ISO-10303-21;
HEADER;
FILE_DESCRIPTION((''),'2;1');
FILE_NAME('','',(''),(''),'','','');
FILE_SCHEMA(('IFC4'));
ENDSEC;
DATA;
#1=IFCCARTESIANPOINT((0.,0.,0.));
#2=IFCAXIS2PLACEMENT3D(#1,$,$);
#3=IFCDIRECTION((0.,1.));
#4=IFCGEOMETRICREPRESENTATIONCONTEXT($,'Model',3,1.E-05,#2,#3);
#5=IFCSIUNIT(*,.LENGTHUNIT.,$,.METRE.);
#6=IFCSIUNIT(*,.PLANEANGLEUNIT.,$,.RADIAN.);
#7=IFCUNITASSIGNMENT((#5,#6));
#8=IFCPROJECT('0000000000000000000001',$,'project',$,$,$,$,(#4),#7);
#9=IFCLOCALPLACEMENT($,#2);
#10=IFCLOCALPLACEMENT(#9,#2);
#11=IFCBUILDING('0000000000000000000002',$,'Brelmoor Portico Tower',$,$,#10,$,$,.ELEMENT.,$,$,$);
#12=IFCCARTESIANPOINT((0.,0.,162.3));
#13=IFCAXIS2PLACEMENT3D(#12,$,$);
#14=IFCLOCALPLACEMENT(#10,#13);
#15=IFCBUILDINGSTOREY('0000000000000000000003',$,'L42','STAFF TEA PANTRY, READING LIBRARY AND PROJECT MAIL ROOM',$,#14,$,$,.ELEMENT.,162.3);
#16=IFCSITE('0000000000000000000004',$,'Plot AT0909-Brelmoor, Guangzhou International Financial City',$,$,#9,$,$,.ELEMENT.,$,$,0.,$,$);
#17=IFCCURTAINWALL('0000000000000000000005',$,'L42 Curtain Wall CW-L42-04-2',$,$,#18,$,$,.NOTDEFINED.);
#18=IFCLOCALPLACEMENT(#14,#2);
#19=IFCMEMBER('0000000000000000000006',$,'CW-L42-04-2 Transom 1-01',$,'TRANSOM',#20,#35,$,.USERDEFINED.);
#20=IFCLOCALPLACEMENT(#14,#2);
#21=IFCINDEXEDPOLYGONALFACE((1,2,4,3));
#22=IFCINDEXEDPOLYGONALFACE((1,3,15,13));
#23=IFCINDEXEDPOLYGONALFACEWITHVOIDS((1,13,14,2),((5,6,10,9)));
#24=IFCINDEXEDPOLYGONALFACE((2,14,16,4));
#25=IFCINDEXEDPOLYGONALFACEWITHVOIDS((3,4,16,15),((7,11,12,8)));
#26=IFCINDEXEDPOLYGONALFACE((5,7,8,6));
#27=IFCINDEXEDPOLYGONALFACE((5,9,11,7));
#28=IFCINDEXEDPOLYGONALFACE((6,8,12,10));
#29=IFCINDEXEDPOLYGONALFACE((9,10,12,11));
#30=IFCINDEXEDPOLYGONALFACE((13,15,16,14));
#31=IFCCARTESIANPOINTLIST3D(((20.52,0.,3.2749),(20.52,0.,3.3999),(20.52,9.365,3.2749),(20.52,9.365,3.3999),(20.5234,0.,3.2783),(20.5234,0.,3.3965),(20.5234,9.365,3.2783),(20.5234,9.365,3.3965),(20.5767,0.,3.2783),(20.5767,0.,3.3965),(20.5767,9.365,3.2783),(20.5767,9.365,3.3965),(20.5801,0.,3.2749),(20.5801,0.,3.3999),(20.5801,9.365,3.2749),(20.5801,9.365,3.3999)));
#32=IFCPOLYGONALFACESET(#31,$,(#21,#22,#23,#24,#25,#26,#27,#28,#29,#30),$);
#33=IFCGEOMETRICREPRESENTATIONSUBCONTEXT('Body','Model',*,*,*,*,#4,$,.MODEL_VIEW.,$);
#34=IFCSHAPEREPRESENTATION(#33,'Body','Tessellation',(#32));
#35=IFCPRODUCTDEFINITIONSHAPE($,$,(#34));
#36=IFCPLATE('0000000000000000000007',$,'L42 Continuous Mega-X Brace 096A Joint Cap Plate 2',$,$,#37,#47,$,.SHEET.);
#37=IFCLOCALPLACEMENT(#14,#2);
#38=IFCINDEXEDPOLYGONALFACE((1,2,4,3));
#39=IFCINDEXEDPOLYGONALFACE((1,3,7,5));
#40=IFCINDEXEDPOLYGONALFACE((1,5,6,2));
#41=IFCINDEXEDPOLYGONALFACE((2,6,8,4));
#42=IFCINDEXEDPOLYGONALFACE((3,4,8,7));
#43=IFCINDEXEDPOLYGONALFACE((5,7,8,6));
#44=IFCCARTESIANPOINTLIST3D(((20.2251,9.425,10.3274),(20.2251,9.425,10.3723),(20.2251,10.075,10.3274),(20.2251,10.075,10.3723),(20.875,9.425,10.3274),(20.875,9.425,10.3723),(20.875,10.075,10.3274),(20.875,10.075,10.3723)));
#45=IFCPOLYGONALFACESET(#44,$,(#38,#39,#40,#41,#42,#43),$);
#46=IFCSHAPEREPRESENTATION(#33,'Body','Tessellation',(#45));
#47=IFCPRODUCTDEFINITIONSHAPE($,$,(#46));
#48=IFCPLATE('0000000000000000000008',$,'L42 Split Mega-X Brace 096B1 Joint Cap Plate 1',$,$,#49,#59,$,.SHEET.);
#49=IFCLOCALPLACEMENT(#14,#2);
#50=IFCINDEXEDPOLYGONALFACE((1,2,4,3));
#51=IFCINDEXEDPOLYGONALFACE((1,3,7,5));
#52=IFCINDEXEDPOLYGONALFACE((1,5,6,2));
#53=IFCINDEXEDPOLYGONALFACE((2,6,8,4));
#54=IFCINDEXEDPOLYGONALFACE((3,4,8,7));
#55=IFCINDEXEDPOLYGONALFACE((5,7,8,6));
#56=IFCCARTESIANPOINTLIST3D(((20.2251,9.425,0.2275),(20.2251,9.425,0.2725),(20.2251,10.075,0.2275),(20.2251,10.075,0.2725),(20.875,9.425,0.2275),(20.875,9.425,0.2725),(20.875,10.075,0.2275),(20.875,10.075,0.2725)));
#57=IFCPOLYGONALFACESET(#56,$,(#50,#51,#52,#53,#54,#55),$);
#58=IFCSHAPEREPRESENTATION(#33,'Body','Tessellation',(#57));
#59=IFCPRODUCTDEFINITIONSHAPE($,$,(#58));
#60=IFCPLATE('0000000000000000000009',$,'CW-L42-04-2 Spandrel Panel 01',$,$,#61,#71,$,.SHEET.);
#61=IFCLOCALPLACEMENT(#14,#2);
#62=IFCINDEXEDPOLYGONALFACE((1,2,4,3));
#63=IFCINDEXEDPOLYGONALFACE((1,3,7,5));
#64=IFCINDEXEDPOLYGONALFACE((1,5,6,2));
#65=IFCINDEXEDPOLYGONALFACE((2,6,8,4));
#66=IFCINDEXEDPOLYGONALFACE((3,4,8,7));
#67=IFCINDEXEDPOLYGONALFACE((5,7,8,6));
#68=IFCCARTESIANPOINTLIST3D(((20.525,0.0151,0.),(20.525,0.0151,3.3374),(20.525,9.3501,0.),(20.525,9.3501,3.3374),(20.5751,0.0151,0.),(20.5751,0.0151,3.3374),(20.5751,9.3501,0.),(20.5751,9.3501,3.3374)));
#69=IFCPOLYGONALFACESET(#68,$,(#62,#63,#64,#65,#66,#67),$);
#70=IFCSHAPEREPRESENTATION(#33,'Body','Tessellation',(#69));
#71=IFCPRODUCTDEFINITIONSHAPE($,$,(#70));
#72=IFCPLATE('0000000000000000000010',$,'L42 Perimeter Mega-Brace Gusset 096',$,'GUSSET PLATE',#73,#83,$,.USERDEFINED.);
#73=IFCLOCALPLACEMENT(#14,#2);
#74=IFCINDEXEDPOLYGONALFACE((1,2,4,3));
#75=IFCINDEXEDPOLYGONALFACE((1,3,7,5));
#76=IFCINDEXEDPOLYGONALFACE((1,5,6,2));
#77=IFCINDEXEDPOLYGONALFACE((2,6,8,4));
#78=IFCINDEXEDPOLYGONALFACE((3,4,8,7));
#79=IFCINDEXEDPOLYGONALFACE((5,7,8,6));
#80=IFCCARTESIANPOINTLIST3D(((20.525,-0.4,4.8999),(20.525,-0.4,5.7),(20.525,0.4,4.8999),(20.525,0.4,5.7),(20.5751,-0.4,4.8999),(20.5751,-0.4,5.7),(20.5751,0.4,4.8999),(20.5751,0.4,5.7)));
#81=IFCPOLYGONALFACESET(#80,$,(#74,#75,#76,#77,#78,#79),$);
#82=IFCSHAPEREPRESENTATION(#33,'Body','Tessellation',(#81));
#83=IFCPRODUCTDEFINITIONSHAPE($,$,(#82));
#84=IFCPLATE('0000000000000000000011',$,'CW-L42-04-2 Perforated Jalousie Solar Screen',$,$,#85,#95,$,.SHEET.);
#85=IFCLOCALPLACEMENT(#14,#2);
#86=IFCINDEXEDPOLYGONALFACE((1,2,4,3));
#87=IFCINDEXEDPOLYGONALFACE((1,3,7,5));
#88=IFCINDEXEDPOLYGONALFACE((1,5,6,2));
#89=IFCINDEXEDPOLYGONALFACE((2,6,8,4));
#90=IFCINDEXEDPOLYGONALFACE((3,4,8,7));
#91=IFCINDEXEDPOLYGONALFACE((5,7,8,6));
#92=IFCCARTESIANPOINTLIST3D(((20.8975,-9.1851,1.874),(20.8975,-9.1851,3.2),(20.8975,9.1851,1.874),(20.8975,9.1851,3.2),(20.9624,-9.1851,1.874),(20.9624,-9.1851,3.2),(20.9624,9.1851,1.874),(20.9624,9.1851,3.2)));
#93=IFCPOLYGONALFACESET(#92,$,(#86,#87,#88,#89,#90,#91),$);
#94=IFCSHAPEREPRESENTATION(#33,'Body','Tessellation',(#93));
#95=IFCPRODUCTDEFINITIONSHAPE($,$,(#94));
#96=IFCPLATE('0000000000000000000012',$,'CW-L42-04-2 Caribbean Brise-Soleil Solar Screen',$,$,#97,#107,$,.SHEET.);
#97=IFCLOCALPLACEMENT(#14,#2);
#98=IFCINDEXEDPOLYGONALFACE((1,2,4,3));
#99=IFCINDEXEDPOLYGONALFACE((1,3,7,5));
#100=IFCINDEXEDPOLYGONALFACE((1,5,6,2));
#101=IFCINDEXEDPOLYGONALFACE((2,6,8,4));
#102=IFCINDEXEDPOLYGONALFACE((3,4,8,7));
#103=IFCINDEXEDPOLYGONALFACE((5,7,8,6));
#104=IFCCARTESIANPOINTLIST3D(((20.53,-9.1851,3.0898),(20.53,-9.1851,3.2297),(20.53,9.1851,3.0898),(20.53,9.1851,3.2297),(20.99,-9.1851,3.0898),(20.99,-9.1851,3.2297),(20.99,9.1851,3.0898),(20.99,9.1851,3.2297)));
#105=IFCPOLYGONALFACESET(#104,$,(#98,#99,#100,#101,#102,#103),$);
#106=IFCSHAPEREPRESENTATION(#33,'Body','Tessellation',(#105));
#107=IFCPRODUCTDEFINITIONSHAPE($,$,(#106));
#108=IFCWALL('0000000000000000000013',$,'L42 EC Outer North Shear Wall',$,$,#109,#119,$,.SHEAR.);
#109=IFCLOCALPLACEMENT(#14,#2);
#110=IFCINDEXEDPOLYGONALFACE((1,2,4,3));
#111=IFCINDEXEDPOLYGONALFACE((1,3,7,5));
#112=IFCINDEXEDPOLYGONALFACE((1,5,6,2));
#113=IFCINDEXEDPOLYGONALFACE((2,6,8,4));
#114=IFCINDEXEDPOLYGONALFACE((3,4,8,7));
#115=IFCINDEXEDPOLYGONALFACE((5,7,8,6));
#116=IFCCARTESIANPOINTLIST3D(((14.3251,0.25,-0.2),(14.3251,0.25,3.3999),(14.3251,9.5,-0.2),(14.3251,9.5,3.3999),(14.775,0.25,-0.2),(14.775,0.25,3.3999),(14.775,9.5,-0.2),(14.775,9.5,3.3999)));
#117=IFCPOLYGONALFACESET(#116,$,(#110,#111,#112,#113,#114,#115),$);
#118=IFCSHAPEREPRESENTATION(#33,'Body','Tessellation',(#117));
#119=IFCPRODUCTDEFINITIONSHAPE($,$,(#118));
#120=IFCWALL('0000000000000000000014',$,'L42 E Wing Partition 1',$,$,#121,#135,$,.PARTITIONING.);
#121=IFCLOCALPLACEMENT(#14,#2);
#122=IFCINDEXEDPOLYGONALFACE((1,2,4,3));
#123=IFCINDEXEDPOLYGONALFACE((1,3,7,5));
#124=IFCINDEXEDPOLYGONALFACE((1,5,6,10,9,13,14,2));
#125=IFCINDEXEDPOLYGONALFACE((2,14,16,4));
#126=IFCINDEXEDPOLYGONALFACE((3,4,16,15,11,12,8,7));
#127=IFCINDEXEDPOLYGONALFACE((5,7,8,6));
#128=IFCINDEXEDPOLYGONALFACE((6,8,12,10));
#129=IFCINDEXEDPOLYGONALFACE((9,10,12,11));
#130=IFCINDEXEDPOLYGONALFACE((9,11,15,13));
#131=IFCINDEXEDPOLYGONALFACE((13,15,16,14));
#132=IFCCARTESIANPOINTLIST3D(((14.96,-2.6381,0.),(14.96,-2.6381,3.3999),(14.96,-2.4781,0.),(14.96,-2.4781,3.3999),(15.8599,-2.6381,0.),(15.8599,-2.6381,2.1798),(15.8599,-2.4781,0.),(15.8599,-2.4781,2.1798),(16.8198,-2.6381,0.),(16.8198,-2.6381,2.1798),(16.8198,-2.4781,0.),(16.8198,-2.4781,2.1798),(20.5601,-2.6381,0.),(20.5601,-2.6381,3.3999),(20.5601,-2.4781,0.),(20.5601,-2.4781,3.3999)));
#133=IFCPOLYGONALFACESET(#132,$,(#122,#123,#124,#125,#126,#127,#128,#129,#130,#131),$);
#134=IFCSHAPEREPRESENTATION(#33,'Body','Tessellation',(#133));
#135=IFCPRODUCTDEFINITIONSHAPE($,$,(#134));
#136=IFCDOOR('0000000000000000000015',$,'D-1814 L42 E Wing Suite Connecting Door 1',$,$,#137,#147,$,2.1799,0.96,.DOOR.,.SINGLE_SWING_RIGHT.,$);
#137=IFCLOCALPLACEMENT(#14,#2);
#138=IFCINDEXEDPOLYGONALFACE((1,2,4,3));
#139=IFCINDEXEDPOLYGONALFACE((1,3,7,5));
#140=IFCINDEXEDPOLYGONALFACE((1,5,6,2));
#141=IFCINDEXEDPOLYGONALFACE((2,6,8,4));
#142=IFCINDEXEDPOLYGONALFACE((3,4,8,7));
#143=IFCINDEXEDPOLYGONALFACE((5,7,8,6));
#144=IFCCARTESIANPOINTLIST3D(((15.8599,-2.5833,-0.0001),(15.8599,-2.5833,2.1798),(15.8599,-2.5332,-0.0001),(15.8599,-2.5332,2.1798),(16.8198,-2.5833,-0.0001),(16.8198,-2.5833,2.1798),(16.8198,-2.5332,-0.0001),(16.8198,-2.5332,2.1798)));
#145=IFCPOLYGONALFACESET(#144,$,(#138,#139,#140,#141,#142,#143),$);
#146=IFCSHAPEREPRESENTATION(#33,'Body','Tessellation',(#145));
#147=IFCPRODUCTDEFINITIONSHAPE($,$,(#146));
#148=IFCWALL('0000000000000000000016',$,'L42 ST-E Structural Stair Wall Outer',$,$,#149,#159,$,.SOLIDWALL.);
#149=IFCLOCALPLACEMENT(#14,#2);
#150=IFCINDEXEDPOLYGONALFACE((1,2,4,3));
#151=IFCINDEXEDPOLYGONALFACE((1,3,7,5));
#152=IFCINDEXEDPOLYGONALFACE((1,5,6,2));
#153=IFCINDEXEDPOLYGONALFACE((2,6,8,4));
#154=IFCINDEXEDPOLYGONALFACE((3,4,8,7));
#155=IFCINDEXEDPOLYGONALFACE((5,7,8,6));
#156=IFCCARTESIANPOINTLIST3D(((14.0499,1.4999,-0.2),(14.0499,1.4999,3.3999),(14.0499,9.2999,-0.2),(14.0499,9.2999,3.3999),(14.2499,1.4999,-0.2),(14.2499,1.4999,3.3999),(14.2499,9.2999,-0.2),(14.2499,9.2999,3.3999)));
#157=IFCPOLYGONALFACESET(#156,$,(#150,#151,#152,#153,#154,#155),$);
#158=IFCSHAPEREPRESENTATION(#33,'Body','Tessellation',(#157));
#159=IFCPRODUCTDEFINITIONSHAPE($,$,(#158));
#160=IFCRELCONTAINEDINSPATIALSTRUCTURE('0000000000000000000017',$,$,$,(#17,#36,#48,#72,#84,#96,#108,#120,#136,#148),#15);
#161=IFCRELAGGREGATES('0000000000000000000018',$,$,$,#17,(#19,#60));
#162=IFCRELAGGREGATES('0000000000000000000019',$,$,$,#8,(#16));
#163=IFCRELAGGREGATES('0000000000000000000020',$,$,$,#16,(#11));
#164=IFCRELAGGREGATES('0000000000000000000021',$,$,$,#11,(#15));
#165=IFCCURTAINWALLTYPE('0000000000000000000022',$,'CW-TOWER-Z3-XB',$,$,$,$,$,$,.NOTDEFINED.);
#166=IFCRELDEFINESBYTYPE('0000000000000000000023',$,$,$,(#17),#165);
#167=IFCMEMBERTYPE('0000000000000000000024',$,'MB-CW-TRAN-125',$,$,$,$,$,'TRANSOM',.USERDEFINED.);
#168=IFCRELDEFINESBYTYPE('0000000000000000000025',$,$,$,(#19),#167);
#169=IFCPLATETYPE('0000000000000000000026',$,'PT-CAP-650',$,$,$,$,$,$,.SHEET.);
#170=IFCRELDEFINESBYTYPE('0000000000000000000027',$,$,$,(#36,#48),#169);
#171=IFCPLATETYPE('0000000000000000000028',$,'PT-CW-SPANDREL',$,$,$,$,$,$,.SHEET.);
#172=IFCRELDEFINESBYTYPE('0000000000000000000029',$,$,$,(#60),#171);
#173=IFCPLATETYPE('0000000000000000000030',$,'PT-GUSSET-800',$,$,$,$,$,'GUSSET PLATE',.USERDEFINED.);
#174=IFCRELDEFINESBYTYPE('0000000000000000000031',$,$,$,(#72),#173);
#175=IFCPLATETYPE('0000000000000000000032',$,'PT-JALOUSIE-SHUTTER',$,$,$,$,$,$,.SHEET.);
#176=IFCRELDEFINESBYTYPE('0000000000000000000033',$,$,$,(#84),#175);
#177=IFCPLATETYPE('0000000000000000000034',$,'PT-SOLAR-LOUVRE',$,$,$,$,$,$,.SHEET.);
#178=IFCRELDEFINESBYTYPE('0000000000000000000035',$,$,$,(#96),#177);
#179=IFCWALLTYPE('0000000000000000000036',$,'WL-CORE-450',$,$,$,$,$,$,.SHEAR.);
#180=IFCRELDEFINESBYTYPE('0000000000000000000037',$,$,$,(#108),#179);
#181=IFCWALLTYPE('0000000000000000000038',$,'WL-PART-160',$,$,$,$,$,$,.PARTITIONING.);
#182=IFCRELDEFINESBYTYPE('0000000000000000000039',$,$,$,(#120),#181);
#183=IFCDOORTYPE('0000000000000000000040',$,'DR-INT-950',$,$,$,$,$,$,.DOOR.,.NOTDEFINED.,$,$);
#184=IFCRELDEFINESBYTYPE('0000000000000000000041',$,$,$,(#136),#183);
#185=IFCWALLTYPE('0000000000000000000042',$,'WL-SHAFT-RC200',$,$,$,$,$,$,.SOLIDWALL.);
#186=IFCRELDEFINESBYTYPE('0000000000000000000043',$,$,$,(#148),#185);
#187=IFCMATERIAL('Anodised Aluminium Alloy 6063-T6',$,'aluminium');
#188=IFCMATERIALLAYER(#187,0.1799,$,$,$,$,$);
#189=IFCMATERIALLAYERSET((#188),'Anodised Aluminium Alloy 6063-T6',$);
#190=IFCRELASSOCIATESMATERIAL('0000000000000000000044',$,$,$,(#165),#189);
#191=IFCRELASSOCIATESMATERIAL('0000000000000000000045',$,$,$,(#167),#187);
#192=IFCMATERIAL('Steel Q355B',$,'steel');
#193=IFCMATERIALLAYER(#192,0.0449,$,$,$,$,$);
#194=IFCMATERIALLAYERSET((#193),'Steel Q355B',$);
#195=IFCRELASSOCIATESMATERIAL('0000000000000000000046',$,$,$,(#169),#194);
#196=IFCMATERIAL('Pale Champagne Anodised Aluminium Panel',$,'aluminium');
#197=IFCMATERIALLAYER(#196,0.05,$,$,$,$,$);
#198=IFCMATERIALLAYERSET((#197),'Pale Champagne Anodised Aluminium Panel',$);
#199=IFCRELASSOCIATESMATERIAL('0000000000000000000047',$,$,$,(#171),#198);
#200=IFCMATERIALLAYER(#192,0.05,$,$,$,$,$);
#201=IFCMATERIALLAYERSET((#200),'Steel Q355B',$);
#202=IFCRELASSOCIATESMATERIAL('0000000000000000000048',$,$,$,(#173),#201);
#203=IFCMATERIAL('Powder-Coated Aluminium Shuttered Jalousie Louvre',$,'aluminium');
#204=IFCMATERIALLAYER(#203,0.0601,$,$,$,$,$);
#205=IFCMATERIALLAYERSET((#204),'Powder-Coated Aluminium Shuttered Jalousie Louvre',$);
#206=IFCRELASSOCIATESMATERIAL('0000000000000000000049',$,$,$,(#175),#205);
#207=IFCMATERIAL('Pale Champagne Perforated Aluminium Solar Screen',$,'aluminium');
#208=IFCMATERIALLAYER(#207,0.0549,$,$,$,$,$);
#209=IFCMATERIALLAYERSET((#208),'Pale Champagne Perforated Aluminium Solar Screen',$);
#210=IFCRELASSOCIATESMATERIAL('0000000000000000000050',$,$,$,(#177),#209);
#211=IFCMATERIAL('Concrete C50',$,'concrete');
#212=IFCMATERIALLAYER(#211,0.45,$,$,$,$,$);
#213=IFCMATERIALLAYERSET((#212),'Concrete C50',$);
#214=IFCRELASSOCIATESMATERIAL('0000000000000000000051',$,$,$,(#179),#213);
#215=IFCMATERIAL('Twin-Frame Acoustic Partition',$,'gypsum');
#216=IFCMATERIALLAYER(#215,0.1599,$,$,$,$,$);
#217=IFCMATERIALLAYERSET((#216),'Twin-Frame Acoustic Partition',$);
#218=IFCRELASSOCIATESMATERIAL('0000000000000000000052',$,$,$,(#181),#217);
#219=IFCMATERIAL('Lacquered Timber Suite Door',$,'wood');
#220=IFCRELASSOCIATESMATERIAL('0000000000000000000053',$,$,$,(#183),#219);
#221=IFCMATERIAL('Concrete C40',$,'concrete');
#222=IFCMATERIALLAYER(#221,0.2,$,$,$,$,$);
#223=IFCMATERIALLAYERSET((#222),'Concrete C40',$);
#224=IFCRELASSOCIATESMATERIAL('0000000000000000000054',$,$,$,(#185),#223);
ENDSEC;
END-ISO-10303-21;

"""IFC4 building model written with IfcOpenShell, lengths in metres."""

from ifc_helpers import new_model, si_unit, direction, frame, frame_2d, origin, origin_2d, place, context, subcontext, project, spatial, rectangle, hollow_rectangle, extrude, material, layer, layer_set, material_profile, profile_set, type_object, element, fill, aggregate, save


model = new_model("IFC4")

# Units and contexts
model_context = context("Model", 3, precision=1e-05, world=origin(), true_north=direction((0.0, 1.0)))
body_context = subcontext(model_context, "Body", "Model", "MODEL_VIEW")
ifc_project = project(units=[si_unit("LENGTHUNIT", "METRE"), si_unit("PLANEANGLEUNIT", "RADIAN")], contexts=[model_context])

# Site, building, storey
site_placement = place(None, origin())
site = spatial("IfcSite", under=ifc_project, at=site_placement, Name="Plot AT0909-Brelmoor, Guangzhou International Financial City", CompositionType="ELEMENT", RefElevation=0.0)
building_placement = place(site_placement, origin())
building = spatial("IfcBuilding", under=site, at=building_placement, Name="Brelmoor Portico Tower", CompositionType="ELEMENT")
storey_placement = place(building_placement, frame((0.0, 0.0, 162.3)))
storey = spatial("IfcBuildingStorey", under=building, at=storey_placement, Name="L42", Description="STAFF TEA PANTRY, READING LIBRARY AND PROJECT MAIL ROOM", CompositionType="ELEMENT", Elevation=162.3)

# Shared definitions
ifc_material_1 = material(Name="Steel Q355B", Category="steel")

# Curtain wall, member
ifc_material_2 = material(Name="Anodised Aluminium Alloy 6063-T6", Category="aluminium")
ifc_layer_1 = layer(ifc_material_2, 0.1799)
ifc_layer_set_1 = layer_set([ifc_layer_1], Name="Anodised Aluminium Alloy 6063-T6")
curtain_wall_type = type_object("IfcCurtainWallType", Name="CW-TOWER-Z3-XB", PredefinedType="NOTDEFINED", material=ifc_layer_set_1)
curtain_wall_placement = place(storey_placement, origin())
curtain_wall = element("IfcCurtainWall", 1, at=curtain_wall_placement, inside=storey, type_object=curtain_wall_type, Name="L42 Curtain Wall CW-L42-04-2", PredefinedType="NOTDEFINED")
ifc_material_profile_1 = material_profile(ifc_material_2, hollow_rectangle(XDim=0.0601, YDim=0.125, WallThickness=0.0034, at=origin_2d()), Name="ALU TRANSOM 60x125")
ifc_profile_set_1 = profile_set([ifc_material_profile_1], Name="Anodised Aluminium Alloy 6063-T6")
member_type_1 = type_object("IfcMemberType", Name="MB-CW-TRAN-125", ElementType="TRANSOM", PredefinedType="USERDEFINED", material=ifc_profile_set_1)
member_1_placement = place(storey_placement, frame((20.55, 0.0, 3.3374), z_axis=(0.0, 1.0, 0.0), x_axis=(-1.0, 0.0, 0.0)))
member_1 = element("IfcMember", 2, at=member_1_placement, type_object=member_type_1, Name="CW-L42-04-2 Transom 1-01", ObjectType="TRANSOM", PredefinedType="USERDEFINED", context=body_context, shape_type="SweptSolid", body=[
    extrude(hollow_rectangle(XDim=0.0601, YDim=0.125, WallThickness=0.0034, at=origin_2d()), origin(), (0.0, 0.0, 1.0), 9.365),
])

# Plates
ifc_layer_2 = layer(ifc_material_1, 0.0449)
ifc_layer_set_2 = layer_set([ifc_layer_2], Name="Steel Q355B")
plate_type_1 = type_object("IfcPlateType", Name="PT-CAP-650", PredefinedType="SHEET", material=ifc_layer_set_2)
for number, where, z_axis, x_axis, name in (
    (3, (20.55, 9.75, 10.3274), (0.0, 0.0, 1.0), (1.0, 0.0, 0.0), "L42 Continuous Mega-X Brace 096A Joint Cap Plate 2"),
    (4, (20.55, 9.75, 0.2275), (0.0, 0.0, 1.0), (1.0, 0.0, 0.0), "L42 Split Mega-X Brace 096B1 Joint Cap Plate 1"),
):
    element("IfcPlate", number, at=place(storey_placement, frame(where, z_axis=z_axis, x_axis=x_axis)), inside=storey, type_object=plate_type_1, Name=name, PredefinedType="SHEET", context=body_context, shape_type="SweptSolid", body=[
        extrude(rectangle(XDim=0.6499, YDim=0.6499, at=origin_2d()), origin(), (0.0, 0.0, 1.0), 0.0449),
    ])

# Plate
ifc_material_3 = material(Name="Pale Champagne Anodised Aluminium Panel", Category="aluminium")
ifc_layer_3 = layer(ifc_material_3, 0.05)
ifc_layer_set_3 = layer_set([ifc_layer_3], Name="Pale Champagne Anodised Aluminium Panel")
plate_type_2 = type_object("IfcPlateType", Name="PT-CW-SPANDREL", PredefinedType="SHEET", material=ifc_layer_set_3)
plate_1_placement = place(storey_placement, frame((20.55, 4.6826, 0.0), z_axis=(0.0, 0.0, 1.0), x_axis=(0.0, 1.0, 0.0)))
plate_1 = element("IfcPlate", 5, at=plate_1_placement, type_object=plate_type_2, Name="CW-L42-04-2 Spandrel Panel 01", PredefinedType="SHEET", context=body_context, shape_type="SweptSolid", body=[
    extrude(rectangle(XDim=9.335, YDim=0.05, at=origin_2d()), origin(), (0.0, 0.0, 1.0), 3.3374),
])
aggregate(curtain_wall, [member_1, plate_1])

# Plates
ifc_layer_4 = layer(ifc_material_1, 0.05)
ifc_layer_set_4 = layer_set([ifc_layer_4], Name="Steel Q355B")
plate_type_3 = type_object("IfcPlateType", Name="PT-GUSSET-800", ElementType="GUSSET PLATE", PredefinedType="USERDEFINED", material=ifc_layer_set_4)
plate_2_placement = place(storey_placement, frame((20.55, 0.0, 4.8999), z_axis=(0.0, 0.0, 1.0), x_axis=(1.0, 0.0, 0.0)))
element("IfcPlate", 6, at=plate_2_placement, inside=storey, type_object=plate_type_3, Name="L42 Perimeter Mega-Brace Gusset 096", ObjectType="GUSSET PLATE", PredefinedType="USERDEFINED", context=body_context, shape_type="SweptSolid", body=[
    extrude(rectangle(XDim=0.05, YDim=0.8, at=origin_2d()), origin(), (0.0, 0.0, 1.0), 0.8),
])
ifc_material_4 = material(Name="Powder-Coated Aluminium Shuttered Jalousie Louvre", Category="aluminium")
ifc_layer_5 = layer(ifc_material_4, 0.0601)
ifc_layer_set_5 = layer_set([ifc_layer_5], Name="Powder-Coated Aluminium Shuttered Jalousie Louvre")
plate_type_4 = type_object("IfcPlateType", Name="PT-JALOUSIE-SHUTTER", PredefinedType="SHEET", material=ifc_layer_set_5)
plate_3_placement = place(storey_placement, frame((20.9299, 0.0, 1.874), z_axis=(0.0, 0.0, 1.0), x_axis=(0.0, 1.0, 0.0)))
element("IfcPlate", 7, at=plate_3_placement, inside=storey, type_object=plate_type_4, Name="CW-L42-04-2 Perforated Jalousie Solar Screen", PredefinedType="SHEET", context=body_context, shape_type="SweptSolid", body=[
    extrude(rectangle(XDim=18.3701, YDim=0.0649, at=origin_2d()), origin(), (0.0, 0.0, 1.0), 1.3259),
])
ifc_material_5 = material(Name="Pale Champagne Perforated Aluminium Solar Screen", Category="aluminium")
ifc_layer_6 = layer(ifc_material_5, 0.0549)
ifc_layer_set_6 = layer_set([ifc_layer_6], Name="Pale Champagne Perforated Aluminium Solar Screen")
plate_type_5 = type_object("IfcPlateType", Name="PT-SOLAR-LOUVRE", PredefinedType="SHEET", material=ifc_layer_set_6)
plate_4_placement = place(storey_placement, frame((20.76, 0.0, 3.0898), z_axis=(0.0, 0.0, 1.0), x_axis=(0.0, 1.0, 0.0)))
element("IfcPlate", 8, at=plate_4_placement, inside=storey, type_object=plate_type_5, Name="CW-L42-04-2 Caribbean Brise-Soleil Solar Screen", PredefinedType="SHEET", context=body_context, shape_type="SweptSolid", body=[
    extrude(rectangle(XDim=18.3701, YDim=0.46, at=origin_2d()), origin(), (0.0, 0.0, 1.0), 0.1399),
])

# Wall
ifc_material_6 = material(Name="Concrete C50", Category="concrete")
ifc_layer_7 = layer(ifc_material_6, 0.45)
ifc_layer_set_7 = layer_set([ifc_layer_7], Name="Concrete C50")
wall_type_1 = type_object("IfcWallType", Name="WL-CORE-450", PredefinedType="SHEAR", material=ifc_layer_set_7)
wall_1_placement = place(storey_placement, frame((14.55, 0.25, -0.2), z_axis=(0.0, 0.0, 1.0), x_axis=(0.0, 1.0, 0.0)))
element("IfcWall", 9, at=wall_1_placement, inside=storey, type_object=wall_type_1, Name="L42 EC Outer North Shear Wall", PredefinedType="SHEAR", context=body_context, shape_type="SweptSolid", body=[
    extrude(rectangle(XDim=9.25, YDim=0.45, at=frame_2d((4.625, 0.0))), origin(), (0.0, 0.0, 1.0), 3.5999),
])

# Wall, opening, door
ifc_material_7 = material(Name="Twin-Frame Acoustic Partition", Category="gypsum")
ifc_layer_8 = layer(ifc_material_7, 0.1599)
ifc_layer_set_8 = layer_set([ifc_layer_8], Name="Twin-Frame Acoustic Partition")
wall_type_2 = type_object("IfcWallType", Name="WL-PART-160", PredefinedType="PARTITIONING", material=ifc_layer_set_8)
wall_2_placement = place(storey_placement, frame((14.96, -2.5581, 0.0), z_axis=(0.0, 0.0, 1.0), x_axis=(1.0, 0.0, 0.0)))
wall_2 = element("IfcWall", 10, at=wall_2_placement, inside=storey, type_object=wall_type_2, Name="L42 E Wing Partition 1", PredefinedType="PARTITIONING", context=body_context, shape_type="SweptSolid", body=[
    extrude(rectangle(XDim=5.6001, YDim=0.1599, at=frame_2d((2.8, 0.0))), origin(), (0.0, 0.0, 1.0), 3.3999),
])
opening_placement = place(wall_2_placement, frame((0.8999, 0.0, 0.0)))
opening = element("IfcOpeningElement", 11, at=opening_placement, cuts=wall_2, PredefinedType="OPENING", context=body_context, shape_type="SweptSolid", body=[
    extrude(rectangle(XDim=0.96, YDim=2.1799, at=frame_2d((0.48, 1.0898))), frame((0.0, 0.0898, 0.0), z_axis=(0.0, -1.0, 0.0), x_axis=(1.0, 0.0, 0.0)), (0.0, 0.0, 1.0), 0.1799),
])
ifc_material_8 = material(Name="Lacquered Timber Suite Door", Category="wood")
door_type = type_object("IfcDoorType", Name="DR-INT-950", OperationType="NOTDEFINED", PredefinedType="DOOR", material=ifc_material_8)
door_placement = place(opening_placement, origin())
door = element("IfcDoor", 12, at=door_placement, inside=storey, type_object=door_type, Name="D-1814 L42 E Wing Suite Connecting Door 1", OperationType="SINGLE_SWING_RIGHT", OverallHeight=2.1799, OverallWidth=0.96, PredefinedType="DOOR", context=body_context, shape_type="SweptSolid", body=[
    extrude(rectangle(XDim=0.96, YDim=2.1799, at=frame_2d((0.48, 1.0898))), frame((0.0, 0.0249, 0.0), z_axis=(0.0, -1.0, 0.0), x_axis=(1.0, 0.0, 0.0)), (0.0, 0.0, 1.0), 0.05),
])
fill(opening, door)

# Wall
ifc_material_9 = material(Name="Concrete C40", Category="concrete")
ifc_layer_9 = layer(ifc_material_9, 0.2)
ifc_layer_set_9 = layer_set([ifc_layer_9], Name="Concrete C40")
wall_type_3 = type_object("IfcWallType", Name="WL-SHAFT-RC200", PredefinedType="SOLIDWALL", material=ifc_layer_set_9)
wall_3_placement = place(storey_placement, frame((14.1499, 1.5, -0.2), z_axis=(0.0, 0.0, 1.0), x_axis=(0.0, 1.0, 0.0)))
element("IfcWall", 13, at=wall_3_placement, inside=storey, type_object=wall_type_3, Name="L42 ST-E Structural Stair Wall Outer", PredefinedType="SOLIDWALL", context=body_context, shape_type="SweptSolid", body=[
    extrude(rectangle(XDim=7.8, YDim=0.2, at=frame_2d((3.8999, 0.0))), origin(), (0.0, 0.0, 1.0), 3.5999),
])

save(model, "model.ifc")
